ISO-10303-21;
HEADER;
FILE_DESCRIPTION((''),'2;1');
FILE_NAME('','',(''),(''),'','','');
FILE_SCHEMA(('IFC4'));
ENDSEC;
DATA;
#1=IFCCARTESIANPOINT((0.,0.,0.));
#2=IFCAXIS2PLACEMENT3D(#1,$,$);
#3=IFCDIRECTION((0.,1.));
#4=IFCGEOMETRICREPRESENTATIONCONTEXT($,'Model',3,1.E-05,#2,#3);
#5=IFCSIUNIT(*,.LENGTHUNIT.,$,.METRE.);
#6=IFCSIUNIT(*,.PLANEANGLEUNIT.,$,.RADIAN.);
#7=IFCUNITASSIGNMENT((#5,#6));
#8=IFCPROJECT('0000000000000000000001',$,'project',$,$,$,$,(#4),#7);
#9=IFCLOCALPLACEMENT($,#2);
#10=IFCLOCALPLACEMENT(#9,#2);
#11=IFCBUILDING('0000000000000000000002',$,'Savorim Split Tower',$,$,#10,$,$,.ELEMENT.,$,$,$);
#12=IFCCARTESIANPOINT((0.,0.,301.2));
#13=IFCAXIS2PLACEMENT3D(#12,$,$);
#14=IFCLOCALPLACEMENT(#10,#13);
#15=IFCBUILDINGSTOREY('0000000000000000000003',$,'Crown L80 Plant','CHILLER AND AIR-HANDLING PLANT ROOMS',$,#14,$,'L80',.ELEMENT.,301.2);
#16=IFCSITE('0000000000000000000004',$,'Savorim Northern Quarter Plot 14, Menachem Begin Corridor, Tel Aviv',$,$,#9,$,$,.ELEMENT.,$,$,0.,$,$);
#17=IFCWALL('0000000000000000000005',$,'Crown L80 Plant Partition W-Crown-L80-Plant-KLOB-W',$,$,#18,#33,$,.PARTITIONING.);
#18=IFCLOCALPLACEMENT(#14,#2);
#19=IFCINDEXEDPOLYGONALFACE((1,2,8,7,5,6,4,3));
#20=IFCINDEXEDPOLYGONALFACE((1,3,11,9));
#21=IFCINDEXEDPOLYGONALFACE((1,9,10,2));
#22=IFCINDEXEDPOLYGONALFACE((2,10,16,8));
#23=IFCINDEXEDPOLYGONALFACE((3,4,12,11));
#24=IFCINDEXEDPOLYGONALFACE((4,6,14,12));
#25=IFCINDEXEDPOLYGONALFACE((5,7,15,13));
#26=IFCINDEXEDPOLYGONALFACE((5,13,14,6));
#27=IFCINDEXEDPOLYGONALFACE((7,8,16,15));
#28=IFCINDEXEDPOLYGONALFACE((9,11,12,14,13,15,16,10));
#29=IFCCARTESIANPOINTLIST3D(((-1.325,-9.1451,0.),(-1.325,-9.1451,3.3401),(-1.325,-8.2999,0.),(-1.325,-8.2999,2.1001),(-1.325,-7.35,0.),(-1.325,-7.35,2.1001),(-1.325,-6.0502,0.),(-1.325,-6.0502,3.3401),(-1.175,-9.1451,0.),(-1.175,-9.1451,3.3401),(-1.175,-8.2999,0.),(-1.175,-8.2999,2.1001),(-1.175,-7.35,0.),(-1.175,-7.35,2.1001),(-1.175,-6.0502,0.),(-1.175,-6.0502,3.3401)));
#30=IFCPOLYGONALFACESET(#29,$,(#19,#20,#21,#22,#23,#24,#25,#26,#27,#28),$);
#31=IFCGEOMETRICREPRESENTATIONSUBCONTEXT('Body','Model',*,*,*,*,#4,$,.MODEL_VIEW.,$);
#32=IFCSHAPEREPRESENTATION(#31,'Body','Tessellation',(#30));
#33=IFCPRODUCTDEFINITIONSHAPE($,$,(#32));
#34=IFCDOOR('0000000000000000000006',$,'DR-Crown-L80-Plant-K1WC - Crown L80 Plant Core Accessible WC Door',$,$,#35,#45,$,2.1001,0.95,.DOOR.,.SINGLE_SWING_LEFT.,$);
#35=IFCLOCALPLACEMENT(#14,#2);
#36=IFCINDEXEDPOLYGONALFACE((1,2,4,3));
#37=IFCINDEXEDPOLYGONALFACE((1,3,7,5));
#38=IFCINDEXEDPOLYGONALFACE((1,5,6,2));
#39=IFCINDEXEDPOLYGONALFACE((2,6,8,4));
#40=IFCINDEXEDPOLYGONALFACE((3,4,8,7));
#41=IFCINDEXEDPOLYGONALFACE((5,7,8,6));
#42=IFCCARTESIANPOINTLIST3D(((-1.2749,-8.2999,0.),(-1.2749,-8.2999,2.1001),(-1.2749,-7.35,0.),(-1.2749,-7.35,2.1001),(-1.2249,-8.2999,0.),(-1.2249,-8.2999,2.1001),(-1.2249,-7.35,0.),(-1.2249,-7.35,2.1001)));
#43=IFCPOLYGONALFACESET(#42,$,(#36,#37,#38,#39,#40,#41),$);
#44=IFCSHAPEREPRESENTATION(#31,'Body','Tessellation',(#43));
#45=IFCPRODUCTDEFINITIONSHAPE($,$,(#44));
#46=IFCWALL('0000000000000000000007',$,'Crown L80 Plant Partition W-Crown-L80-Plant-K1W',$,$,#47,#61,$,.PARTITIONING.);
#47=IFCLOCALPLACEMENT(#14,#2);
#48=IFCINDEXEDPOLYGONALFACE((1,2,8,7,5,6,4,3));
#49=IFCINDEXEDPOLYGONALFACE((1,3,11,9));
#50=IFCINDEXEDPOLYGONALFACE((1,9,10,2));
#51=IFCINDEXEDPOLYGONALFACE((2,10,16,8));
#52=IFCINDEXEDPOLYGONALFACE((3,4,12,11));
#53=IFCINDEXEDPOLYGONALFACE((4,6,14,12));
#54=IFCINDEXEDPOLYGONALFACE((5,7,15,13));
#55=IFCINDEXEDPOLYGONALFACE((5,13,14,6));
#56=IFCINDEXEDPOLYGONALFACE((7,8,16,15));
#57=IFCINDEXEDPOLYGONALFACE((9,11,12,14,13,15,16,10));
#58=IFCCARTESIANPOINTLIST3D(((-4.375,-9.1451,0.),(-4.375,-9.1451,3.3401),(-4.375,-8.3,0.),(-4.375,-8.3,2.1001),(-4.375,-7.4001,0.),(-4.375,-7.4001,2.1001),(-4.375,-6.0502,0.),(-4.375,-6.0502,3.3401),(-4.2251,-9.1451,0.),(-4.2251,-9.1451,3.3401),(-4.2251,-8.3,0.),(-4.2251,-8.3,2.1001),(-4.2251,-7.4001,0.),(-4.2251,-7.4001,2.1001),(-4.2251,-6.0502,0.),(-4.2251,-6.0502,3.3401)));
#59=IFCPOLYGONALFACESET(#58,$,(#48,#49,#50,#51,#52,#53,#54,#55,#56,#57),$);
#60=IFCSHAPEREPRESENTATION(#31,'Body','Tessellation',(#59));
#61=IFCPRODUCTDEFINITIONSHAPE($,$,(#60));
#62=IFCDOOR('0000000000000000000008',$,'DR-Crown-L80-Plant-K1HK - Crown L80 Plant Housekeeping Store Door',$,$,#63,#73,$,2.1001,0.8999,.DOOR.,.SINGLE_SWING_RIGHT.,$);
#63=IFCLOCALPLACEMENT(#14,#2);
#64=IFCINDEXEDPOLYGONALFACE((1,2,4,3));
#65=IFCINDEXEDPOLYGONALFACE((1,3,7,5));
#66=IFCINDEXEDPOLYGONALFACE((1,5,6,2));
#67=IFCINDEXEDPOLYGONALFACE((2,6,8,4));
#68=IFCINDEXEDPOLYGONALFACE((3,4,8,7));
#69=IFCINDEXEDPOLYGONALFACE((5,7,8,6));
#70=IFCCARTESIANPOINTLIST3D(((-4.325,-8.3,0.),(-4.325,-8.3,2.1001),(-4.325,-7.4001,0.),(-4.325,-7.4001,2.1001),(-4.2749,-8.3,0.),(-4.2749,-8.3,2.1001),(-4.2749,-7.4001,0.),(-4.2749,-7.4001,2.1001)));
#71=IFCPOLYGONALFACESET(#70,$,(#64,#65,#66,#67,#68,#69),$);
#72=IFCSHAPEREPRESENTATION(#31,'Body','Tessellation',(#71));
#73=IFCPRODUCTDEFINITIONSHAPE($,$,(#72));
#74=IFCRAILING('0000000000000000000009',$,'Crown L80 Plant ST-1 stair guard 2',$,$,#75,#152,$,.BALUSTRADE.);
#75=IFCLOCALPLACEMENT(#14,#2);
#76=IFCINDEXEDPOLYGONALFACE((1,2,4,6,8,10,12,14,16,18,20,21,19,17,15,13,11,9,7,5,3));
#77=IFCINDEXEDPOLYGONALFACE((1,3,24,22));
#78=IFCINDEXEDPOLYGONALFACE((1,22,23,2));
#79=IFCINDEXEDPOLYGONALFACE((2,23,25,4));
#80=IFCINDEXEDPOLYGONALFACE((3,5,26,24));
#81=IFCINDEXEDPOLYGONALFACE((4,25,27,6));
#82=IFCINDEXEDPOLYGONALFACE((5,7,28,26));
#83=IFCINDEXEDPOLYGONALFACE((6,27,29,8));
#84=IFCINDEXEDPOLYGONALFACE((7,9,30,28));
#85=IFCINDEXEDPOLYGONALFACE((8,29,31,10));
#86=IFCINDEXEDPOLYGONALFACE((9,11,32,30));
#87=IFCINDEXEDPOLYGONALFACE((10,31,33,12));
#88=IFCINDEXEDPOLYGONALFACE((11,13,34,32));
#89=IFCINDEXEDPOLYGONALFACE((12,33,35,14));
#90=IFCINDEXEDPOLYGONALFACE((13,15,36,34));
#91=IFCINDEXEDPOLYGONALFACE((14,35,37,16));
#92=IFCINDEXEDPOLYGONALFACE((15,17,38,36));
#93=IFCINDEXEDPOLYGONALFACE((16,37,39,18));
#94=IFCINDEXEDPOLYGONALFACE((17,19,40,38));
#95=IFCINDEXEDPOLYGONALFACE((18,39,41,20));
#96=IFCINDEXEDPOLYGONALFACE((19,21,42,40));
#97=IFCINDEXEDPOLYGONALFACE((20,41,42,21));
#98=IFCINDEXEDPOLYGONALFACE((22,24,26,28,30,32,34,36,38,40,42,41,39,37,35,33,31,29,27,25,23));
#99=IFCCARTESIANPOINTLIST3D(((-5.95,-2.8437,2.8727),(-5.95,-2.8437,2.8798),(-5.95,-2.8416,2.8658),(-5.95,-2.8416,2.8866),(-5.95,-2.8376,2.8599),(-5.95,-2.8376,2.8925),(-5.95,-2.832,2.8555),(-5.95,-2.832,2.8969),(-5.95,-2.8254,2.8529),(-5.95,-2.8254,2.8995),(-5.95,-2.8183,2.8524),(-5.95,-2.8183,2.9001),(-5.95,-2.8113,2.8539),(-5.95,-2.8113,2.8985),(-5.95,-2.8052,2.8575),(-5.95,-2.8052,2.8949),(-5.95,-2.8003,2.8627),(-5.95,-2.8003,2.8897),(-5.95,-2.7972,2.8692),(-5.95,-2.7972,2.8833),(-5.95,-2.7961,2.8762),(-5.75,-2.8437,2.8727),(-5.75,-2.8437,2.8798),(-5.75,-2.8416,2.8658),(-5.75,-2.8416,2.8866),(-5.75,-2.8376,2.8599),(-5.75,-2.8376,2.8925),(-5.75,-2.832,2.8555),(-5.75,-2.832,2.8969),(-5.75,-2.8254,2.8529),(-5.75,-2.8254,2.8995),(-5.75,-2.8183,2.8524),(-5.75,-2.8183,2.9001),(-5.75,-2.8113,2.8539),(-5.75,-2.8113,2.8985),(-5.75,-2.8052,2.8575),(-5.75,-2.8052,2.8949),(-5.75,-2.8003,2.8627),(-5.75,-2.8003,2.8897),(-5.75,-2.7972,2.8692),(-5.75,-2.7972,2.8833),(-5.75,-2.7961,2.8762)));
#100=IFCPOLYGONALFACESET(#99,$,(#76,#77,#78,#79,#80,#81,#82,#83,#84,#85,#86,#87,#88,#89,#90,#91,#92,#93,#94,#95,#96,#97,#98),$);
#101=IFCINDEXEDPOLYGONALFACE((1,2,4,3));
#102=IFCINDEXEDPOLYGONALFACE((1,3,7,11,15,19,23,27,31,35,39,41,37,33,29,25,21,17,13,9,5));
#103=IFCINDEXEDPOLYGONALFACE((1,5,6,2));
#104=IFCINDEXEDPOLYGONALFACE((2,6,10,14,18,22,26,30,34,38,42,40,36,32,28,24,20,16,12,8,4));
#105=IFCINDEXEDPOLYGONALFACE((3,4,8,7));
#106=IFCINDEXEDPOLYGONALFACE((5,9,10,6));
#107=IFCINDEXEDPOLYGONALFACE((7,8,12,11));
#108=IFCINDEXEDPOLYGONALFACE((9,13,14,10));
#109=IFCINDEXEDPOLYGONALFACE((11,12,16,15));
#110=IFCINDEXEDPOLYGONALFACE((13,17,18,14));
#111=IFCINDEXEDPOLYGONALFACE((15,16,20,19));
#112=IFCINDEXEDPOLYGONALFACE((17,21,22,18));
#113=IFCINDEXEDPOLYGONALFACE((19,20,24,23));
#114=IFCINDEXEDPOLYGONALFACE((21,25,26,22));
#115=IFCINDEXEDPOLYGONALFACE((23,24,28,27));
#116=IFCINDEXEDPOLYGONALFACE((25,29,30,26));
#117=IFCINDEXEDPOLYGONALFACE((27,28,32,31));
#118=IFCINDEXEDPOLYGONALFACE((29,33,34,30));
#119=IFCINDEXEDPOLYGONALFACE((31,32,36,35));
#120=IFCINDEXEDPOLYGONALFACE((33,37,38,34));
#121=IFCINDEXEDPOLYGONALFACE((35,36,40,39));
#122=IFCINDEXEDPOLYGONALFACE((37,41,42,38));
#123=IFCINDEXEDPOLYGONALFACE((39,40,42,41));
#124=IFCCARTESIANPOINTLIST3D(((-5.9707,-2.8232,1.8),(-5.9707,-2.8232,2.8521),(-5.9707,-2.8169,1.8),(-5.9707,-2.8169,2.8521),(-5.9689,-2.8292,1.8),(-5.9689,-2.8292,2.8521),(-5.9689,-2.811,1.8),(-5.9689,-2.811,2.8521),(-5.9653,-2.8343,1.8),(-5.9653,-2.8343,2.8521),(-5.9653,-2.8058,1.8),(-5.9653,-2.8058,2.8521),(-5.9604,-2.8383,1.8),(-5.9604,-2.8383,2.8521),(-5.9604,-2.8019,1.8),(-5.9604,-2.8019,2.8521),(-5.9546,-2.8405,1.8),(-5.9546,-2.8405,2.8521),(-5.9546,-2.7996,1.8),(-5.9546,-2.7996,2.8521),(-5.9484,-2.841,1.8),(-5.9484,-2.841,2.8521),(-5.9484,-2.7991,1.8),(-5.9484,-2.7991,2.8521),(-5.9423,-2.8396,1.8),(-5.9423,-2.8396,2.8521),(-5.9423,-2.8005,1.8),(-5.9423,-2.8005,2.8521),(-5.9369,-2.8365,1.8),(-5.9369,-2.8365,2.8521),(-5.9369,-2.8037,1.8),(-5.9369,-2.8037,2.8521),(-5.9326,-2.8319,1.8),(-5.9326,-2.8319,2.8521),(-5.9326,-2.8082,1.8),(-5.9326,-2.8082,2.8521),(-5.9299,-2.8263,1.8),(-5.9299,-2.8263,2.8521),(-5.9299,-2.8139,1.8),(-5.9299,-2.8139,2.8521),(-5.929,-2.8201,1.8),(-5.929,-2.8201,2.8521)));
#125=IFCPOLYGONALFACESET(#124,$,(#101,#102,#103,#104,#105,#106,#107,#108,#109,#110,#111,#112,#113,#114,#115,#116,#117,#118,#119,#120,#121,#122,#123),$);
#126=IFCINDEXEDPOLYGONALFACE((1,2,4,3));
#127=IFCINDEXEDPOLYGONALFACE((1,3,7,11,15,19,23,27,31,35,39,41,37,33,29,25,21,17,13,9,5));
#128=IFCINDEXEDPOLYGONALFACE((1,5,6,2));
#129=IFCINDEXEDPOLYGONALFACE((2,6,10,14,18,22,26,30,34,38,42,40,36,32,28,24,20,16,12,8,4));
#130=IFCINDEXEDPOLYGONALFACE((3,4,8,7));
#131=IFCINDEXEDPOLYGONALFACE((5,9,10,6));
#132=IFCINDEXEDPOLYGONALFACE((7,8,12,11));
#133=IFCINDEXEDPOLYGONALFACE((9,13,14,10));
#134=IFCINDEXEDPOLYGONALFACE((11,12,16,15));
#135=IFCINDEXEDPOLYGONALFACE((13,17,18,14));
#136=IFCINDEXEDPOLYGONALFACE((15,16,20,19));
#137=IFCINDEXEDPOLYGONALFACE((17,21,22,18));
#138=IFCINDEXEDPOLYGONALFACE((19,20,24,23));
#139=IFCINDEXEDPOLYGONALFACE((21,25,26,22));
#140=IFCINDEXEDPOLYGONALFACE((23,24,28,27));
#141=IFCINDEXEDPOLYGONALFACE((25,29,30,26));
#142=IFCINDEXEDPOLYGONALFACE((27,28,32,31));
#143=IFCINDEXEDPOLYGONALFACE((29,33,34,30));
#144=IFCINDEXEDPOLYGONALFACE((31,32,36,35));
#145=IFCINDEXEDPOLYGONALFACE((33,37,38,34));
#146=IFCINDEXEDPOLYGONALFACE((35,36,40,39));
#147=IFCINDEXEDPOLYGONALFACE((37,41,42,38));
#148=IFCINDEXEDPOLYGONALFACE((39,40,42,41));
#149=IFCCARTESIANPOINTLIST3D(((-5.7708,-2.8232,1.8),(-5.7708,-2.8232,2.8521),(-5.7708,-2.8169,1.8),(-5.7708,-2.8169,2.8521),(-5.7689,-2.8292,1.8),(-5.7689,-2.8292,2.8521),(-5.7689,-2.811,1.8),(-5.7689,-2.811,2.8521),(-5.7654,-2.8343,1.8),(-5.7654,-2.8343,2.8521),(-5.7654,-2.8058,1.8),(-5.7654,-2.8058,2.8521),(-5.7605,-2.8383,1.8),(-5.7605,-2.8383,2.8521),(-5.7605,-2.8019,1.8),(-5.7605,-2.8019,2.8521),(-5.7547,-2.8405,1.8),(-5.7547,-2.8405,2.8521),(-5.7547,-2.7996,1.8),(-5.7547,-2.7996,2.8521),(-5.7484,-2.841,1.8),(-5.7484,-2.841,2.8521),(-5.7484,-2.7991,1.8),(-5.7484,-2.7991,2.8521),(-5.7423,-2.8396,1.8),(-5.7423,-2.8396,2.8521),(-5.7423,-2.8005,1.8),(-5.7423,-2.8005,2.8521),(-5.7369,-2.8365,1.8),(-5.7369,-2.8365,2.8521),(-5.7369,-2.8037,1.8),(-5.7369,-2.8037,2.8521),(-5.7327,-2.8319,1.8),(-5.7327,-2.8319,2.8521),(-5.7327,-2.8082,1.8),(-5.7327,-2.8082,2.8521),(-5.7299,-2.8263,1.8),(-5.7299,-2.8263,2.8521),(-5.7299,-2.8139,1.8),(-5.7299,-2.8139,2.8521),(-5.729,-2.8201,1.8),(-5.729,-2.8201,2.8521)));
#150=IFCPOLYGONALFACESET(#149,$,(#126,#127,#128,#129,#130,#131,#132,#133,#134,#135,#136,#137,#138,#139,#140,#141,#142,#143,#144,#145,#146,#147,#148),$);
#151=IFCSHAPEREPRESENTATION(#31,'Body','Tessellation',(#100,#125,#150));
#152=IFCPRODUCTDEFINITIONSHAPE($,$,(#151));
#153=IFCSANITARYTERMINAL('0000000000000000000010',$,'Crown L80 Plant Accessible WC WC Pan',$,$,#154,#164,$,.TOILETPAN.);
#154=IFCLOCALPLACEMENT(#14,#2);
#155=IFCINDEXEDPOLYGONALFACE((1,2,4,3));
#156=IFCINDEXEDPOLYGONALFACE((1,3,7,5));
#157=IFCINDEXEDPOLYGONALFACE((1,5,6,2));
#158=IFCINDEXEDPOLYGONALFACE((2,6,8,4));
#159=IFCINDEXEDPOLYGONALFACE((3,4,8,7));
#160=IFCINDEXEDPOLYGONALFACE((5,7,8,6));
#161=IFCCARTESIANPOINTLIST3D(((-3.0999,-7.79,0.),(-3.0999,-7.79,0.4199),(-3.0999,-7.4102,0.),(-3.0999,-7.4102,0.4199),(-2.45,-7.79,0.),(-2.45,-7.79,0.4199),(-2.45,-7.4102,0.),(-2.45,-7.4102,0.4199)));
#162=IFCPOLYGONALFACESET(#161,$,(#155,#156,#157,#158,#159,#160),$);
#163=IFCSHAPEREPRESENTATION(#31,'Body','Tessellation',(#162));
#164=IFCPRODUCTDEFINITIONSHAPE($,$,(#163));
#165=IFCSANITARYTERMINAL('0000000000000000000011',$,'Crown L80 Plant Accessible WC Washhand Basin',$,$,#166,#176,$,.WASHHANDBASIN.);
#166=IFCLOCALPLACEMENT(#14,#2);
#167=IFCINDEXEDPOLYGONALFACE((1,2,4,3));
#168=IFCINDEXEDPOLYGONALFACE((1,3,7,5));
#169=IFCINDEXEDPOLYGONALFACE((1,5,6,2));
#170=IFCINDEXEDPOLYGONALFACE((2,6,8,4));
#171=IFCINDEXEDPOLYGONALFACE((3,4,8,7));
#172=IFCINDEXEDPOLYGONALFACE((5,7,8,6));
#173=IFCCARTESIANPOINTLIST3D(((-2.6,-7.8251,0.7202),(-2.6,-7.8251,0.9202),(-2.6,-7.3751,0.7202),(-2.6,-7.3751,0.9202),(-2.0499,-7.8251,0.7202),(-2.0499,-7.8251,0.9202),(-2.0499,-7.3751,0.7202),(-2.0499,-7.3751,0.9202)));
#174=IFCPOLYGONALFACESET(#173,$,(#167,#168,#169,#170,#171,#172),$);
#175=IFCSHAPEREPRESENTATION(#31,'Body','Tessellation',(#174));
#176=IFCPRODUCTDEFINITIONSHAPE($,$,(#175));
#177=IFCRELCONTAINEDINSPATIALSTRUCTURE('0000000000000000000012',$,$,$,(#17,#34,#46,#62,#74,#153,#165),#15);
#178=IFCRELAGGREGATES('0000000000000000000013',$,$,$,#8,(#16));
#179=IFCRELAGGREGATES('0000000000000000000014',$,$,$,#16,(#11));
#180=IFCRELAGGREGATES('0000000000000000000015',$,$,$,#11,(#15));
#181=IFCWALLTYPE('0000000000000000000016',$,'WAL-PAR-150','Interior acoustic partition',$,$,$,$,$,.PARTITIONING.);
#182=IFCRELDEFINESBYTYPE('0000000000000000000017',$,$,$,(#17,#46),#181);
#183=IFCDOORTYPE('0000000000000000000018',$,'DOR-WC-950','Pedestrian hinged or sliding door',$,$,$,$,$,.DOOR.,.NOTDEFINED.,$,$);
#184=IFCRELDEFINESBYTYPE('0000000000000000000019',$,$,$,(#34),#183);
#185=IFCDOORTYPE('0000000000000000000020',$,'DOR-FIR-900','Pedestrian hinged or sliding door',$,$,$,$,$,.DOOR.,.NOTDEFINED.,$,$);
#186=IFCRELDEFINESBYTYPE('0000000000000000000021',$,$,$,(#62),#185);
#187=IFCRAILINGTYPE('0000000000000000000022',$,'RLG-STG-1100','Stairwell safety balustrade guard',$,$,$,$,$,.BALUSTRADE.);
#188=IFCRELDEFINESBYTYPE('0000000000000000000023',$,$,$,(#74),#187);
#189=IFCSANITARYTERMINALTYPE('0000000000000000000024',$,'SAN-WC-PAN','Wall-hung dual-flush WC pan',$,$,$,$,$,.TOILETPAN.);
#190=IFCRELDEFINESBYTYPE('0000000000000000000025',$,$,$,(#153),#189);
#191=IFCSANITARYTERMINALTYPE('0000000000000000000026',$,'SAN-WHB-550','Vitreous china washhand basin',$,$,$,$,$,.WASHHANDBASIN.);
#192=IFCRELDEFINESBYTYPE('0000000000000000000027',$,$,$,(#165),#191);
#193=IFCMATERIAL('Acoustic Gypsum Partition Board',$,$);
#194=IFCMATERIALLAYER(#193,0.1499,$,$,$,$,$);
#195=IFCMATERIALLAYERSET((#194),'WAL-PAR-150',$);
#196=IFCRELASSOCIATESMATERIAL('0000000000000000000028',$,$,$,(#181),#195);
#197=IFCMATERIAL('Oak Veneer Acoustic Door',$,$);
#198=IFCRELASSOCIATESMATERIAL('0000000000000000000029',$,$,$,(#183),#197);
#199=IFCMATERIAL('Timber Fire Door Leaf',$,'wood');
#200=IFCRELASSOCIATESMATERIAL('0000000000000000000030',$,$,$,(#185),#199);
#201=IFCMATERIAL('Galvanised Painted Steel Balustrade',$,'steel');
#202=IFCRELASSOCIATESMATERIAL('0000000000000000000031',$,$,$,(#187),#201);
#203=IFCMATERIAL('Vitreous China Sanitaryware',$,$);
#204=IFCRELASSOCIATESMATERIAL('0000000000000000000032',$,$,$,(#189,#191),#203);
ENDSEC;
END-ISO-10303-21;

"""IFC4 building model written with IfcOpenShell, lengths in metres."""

from ifc_helpers import new_model, si_unit, direction, frame, frame_2d, origin, origin_2d, place, context, subcontext, project, spatial, rectangle, circle, extrude, material, layer, layer_set, type_object, element, fill, save


model = new_model("IFC4")

# Units and contexts
model_context = context("Model", 3, precision=1e-05, world=origin(), true_north=direction((0.0, 1.0)))
body_context = subcontext(model_context, "Body", "Model", "MODEL_VIEW")
ifc_project = project(units=[si_unit("LENGTHUNIT", "METRE"), si_unit("PLANEANGLEUNIT", "RADIAN")], contexts=[model_context])

# Site, building, storey
site_placement = place(None, origin())
site = spatial("IfcSite", under=ifc_project, at=site_placement, Name="Savorim Northern Quarter Plot 14, Menachem Begin Corridor, Tel Aviv", CompositionType="ELEMENT", RefElevation=0.0)
building_placement = place(site_placement, origin())
building = spatial("IfcBuilding", under=site, at=building_placement, Name="Savorim Split Tower", CompositionType="ELEMENT")
storey_placement = place(building_placement, frame((0.0, 0.0, 301.2)))
storey = spatial("IfcBuildingStorey", under=building, at=storey_placement, Name="Crown L80 Plant", Description="CHILLER AND AIR-HANDLING PLANT ROOMS", LongName="L80", CompositionType="ELEMENT", Elevation=301.2)

# Shared definitions
ifc_material_1 = material(Name="Timber Fire Door Leaf", Category="wood")

# Walls, openings, doors
ifc_material_2 = material(Name="Acoustic Gypsum Partition Board")
ifc_layer_1 = layer(ifc_material_2, 0.1499)
ifc_layer_set_1 = layer_set([ifc_layer_1], Name="WAL-PAR-150")
wall_type_1 = type_object("IfcWallType", Name="WAL-PAR-150", Description="Interior acoustic partition", PredefinedType="PARTITIONING", material=ifc_layer_set_1)
wall_1_placement = place(storey_placement, frame((-1.25, -9.145, 0.0), z_axis=(0.0, 0.0, 1.0), x_axis=(0.0, 1.0, 0.0)))
wall_1 = element("IfcWall", 1, at=wall_1_placement, inside=storey, type_object=wall_type_1, Name="Crown L80 Plant Partition W-Crown-L80-Plant-KLOB-W", PredefinedType="PARTITIONING", context=body_context, shape_type="SweptSolid", body=[
    extrude(rectangle(XDim=3.095, YDim=0.1499, at=frame_2d((1.5474, 0.0))), origin(), (0.0, 0.0, 1.0), 3.3401),
])
opening_1_placement = place(wall_1_placement, frame((0.845, 0.0, 0.0)))
opening_1 = element("IfcOpeningElement", 2, at=opening_1_placement, cuts=wall_1, PredefinedType="OPENING", context=body_context, shape_type="SweptSolid", body=[
    extrude(rectangle(XDim=0.95, YDim=2.1001, at=frame_2d((0.4751, 1.05))), frame((0.0, 0.085, 0.0), z_axis=(0.0, -1.0, 0.0), x_axis=(1.0, 0.0, 0.0)), (0.0, 0.0, 1.0), 0.1699),
])
ifc_material_3 = material(Name="Oak Veneer Acoustic Door")
door_type_1 = type_object("IfcDoorType", Name="DOR-WC-950", Description="Pedestrian hinged or sliding door", OperationType="NOTDEFINED", PredefinedType="DOOR", material=ifc_material_3)
door_1_placement = place(opening_1_placement, origin())
door_1 = element("IfcDoor", 3, at=door_1_placement, inside=storey, type_object=door_type_1, Name="DR-Crown-L80-Plant-K1WC - Crown L80 Plant Core Accessible WC Door", OperationType="SINGLE_SWING_LEFT", OverallHeight=2.1001, OverallWidth=0.95, PredefinedType="DOOR", context=body_context, shape_type="SweptSolid", body=[
    extrude(rectangle(XDim=0.95, YDim=2.1001, at=frame_2d((0.4751, 1.05))), frame((0.0, 0.0249, 0.0), z_axis=(0.0, -1.0, 0.0), x_axis=(1.0, 0.0, 0.0)), (0.0, 0.0, 1.0), 0.05),
])
fill(opening_1, door_1)
wall_2_placement = place(storey_placement, frame((-4.3, -9.145, 0.0), z_axis=(0.0, 0.0, 1.0), x_axis=(0.0, 1.0, 0.0)))
wall_2 = element("IfcWall", 4, at=wall_2_placement, inside=storey, type_object=wall_type_1, Name="Crown L80 Plant Partition W-Crown-L80-Plant-K1W", PredefinedType="PARTITIONING", context=body_context, shape_type="SweptSolid", body=[
    extrude(rectangle(XDim=3.095, YDim=0.1499, at=frame_2d((1.5474, 0.0))), origin(), (0.0, 0.0, 1.0), 3.3401),
])
opening_2_placement = place(wall_2_placement, frame((0.845, 0.0, 0.0)))
opening_2 = element("IfcOpeningElement", 5, at=opening_2_placement, cuts=wall_2, PredefinedType="OPENING", context=body_context, shape_type="SweptSolid", body=[
    extrude(rectangle(XDim=0.8999, YDim=2.1001, at=frame_2d((0.45, 1.05))), frame((0.0, 0.085, 0.0), z_axis=(0.0, -1.0, 0.0), x_axis=(1.0, 0.0, 0.0)), (0.0, 0.0, 1.0), 0.1699),
])
door_type_2 = type_object("IfcDoorType", Name="DOR-FIR-900", Description="Pedestrian hinged or sliding door", OperationType="NOTDEFINED", PredefinedType="DOOR", material=ifc_material_1)
door_2_placement = place(opening_2_placement, origin())
door_2 = element("IfcDoor", 6, at=door_2_placement, inside=storey, type_object=door_type_2, Name="DR-Crown-L80-Plant-K1HK - Crown L80 Plant Housekeeping Store Door", OperationType="SINGLE_SWING_RIGHT", OverallHeight=2.1001, OverallWidth=0.8999, PredefinedType="DOOR", context=body_context, shape_type="SweptSolid", body=[
    extrude(rectangle(XDim=0.8999, YDim=2.1001, at=frame_2d((0.45, 1.05))), frame((0.0, 0.0249, 0.0), z_axis=(0.0, -1.0, 0.0), x_axis=(1.0, 0.0, 0.0)), (0.0, 0.0, 1.0), 0.05),
])
fill(opening_2, door_2)

# Railing
ifc_material_4 = material(Name="Galvanised Painted Steel Balustrade", Category="steel")
railing_type = type_object("IfcRailingType", Name="RLG-STG-1100", Description="Stairwell safety balustrade guard", PredefinedType="BALUSTRADE", material=ifc_material_4)
railing_placement = place(storey_placement, frame((-5.95, -2.8201, 1.8)))
element("IfcRailing", 7, at=railing_placement, inside=storey, type_object=railing_type, Name="Crown L80 Plant ST-1 stair guard 2", PredefinedType="BALUSTRADE", context=body_context, shape_type="SweptSolid", body=[
    extrude(circle(Radius=0.0239, at=origin_2d()), frame((0.0, 0.0, 1.0762), z_axis=(1.0, 0.0, 0.0), x_axis=(0.0, 1.0, 0.0)), (0.0, 0.0, 1.0), 0.2),
    extrude(circle(Radius=0.021, at=origin_2d()), origin(), (0.0, 0.0, 1.0), 1.052),
    extrude(circle(Radius=0.021, at=origin_2d()), frame((0.2, 0.0, 0.0)), (0.0, 0.0, 1.0), 1.052),
])

# Sanitary terminals
ifc_material_5 = material(Name="Vitreous China Sanitaryware")
sanitary_terminal_type_1 = type_object("IfcSanitaryTerminalType", Name="SAN-WC-PAN", Description="Wall-hung dual-flush WC pan", PredefinedType="TOILETPAN", material=ifc_material_5)
sanitary_terminal_1_placement = place(storey_placement, frame((-2.7749, -7.6001, 0.0), z_axis=(0.0, 0.0, 1.0), x_axis=(1.0, 0.0, 0.0)))
element("IfcSanitaryTerminal", 8, at=sanitary_terminal_1_placement, inside=storey, type_object=sanitary_terminal_type_1, Name="Crown L80 Plant Accessible WC WC Pan", PredefinedType="TOILETPAN", context=body_context, shape_type="SweptSolid", body=[
    extrude(rectangle(XDim=0.6499, YDim=0.3799, at=origin_2d()), origin(), (0.0, 0.0, 1.0), 0.4199),
])
sanitary_terminal_type_2 = type_object("IfcSanitaryTerminalType", Name="SAN-WHB-550", Description="Vitreous china washhand basin", PredefinedType="WASHHANDBASIN", material=ifc_material_5)
sanitary_terminal_2_placement = place(storey_placement, frame((-2.325, -7.6001, 0.7202), z_axis=(0.0, 0.0, 1.0), x_axis=(1.0, 0.0, 0.0)))
element("IfcSanitaryTerminal", 9, at=sanitary_terminal_2_placement, inside=storey, type_object=sanitary_terminal_type_2, Name="Crown L80 Plant Accessible WC Washhand Basin", PredefinedType="WASHHANDBASIN", context=body_context, shape_type="SweptSolid", body=[
    extrude(rectangle(XDim=0.55, YDim=0.45, at=origin_2d()), origin(), (0.0, 0.0, 1.0), 0.2),
])

save(model, "model.ifc")
